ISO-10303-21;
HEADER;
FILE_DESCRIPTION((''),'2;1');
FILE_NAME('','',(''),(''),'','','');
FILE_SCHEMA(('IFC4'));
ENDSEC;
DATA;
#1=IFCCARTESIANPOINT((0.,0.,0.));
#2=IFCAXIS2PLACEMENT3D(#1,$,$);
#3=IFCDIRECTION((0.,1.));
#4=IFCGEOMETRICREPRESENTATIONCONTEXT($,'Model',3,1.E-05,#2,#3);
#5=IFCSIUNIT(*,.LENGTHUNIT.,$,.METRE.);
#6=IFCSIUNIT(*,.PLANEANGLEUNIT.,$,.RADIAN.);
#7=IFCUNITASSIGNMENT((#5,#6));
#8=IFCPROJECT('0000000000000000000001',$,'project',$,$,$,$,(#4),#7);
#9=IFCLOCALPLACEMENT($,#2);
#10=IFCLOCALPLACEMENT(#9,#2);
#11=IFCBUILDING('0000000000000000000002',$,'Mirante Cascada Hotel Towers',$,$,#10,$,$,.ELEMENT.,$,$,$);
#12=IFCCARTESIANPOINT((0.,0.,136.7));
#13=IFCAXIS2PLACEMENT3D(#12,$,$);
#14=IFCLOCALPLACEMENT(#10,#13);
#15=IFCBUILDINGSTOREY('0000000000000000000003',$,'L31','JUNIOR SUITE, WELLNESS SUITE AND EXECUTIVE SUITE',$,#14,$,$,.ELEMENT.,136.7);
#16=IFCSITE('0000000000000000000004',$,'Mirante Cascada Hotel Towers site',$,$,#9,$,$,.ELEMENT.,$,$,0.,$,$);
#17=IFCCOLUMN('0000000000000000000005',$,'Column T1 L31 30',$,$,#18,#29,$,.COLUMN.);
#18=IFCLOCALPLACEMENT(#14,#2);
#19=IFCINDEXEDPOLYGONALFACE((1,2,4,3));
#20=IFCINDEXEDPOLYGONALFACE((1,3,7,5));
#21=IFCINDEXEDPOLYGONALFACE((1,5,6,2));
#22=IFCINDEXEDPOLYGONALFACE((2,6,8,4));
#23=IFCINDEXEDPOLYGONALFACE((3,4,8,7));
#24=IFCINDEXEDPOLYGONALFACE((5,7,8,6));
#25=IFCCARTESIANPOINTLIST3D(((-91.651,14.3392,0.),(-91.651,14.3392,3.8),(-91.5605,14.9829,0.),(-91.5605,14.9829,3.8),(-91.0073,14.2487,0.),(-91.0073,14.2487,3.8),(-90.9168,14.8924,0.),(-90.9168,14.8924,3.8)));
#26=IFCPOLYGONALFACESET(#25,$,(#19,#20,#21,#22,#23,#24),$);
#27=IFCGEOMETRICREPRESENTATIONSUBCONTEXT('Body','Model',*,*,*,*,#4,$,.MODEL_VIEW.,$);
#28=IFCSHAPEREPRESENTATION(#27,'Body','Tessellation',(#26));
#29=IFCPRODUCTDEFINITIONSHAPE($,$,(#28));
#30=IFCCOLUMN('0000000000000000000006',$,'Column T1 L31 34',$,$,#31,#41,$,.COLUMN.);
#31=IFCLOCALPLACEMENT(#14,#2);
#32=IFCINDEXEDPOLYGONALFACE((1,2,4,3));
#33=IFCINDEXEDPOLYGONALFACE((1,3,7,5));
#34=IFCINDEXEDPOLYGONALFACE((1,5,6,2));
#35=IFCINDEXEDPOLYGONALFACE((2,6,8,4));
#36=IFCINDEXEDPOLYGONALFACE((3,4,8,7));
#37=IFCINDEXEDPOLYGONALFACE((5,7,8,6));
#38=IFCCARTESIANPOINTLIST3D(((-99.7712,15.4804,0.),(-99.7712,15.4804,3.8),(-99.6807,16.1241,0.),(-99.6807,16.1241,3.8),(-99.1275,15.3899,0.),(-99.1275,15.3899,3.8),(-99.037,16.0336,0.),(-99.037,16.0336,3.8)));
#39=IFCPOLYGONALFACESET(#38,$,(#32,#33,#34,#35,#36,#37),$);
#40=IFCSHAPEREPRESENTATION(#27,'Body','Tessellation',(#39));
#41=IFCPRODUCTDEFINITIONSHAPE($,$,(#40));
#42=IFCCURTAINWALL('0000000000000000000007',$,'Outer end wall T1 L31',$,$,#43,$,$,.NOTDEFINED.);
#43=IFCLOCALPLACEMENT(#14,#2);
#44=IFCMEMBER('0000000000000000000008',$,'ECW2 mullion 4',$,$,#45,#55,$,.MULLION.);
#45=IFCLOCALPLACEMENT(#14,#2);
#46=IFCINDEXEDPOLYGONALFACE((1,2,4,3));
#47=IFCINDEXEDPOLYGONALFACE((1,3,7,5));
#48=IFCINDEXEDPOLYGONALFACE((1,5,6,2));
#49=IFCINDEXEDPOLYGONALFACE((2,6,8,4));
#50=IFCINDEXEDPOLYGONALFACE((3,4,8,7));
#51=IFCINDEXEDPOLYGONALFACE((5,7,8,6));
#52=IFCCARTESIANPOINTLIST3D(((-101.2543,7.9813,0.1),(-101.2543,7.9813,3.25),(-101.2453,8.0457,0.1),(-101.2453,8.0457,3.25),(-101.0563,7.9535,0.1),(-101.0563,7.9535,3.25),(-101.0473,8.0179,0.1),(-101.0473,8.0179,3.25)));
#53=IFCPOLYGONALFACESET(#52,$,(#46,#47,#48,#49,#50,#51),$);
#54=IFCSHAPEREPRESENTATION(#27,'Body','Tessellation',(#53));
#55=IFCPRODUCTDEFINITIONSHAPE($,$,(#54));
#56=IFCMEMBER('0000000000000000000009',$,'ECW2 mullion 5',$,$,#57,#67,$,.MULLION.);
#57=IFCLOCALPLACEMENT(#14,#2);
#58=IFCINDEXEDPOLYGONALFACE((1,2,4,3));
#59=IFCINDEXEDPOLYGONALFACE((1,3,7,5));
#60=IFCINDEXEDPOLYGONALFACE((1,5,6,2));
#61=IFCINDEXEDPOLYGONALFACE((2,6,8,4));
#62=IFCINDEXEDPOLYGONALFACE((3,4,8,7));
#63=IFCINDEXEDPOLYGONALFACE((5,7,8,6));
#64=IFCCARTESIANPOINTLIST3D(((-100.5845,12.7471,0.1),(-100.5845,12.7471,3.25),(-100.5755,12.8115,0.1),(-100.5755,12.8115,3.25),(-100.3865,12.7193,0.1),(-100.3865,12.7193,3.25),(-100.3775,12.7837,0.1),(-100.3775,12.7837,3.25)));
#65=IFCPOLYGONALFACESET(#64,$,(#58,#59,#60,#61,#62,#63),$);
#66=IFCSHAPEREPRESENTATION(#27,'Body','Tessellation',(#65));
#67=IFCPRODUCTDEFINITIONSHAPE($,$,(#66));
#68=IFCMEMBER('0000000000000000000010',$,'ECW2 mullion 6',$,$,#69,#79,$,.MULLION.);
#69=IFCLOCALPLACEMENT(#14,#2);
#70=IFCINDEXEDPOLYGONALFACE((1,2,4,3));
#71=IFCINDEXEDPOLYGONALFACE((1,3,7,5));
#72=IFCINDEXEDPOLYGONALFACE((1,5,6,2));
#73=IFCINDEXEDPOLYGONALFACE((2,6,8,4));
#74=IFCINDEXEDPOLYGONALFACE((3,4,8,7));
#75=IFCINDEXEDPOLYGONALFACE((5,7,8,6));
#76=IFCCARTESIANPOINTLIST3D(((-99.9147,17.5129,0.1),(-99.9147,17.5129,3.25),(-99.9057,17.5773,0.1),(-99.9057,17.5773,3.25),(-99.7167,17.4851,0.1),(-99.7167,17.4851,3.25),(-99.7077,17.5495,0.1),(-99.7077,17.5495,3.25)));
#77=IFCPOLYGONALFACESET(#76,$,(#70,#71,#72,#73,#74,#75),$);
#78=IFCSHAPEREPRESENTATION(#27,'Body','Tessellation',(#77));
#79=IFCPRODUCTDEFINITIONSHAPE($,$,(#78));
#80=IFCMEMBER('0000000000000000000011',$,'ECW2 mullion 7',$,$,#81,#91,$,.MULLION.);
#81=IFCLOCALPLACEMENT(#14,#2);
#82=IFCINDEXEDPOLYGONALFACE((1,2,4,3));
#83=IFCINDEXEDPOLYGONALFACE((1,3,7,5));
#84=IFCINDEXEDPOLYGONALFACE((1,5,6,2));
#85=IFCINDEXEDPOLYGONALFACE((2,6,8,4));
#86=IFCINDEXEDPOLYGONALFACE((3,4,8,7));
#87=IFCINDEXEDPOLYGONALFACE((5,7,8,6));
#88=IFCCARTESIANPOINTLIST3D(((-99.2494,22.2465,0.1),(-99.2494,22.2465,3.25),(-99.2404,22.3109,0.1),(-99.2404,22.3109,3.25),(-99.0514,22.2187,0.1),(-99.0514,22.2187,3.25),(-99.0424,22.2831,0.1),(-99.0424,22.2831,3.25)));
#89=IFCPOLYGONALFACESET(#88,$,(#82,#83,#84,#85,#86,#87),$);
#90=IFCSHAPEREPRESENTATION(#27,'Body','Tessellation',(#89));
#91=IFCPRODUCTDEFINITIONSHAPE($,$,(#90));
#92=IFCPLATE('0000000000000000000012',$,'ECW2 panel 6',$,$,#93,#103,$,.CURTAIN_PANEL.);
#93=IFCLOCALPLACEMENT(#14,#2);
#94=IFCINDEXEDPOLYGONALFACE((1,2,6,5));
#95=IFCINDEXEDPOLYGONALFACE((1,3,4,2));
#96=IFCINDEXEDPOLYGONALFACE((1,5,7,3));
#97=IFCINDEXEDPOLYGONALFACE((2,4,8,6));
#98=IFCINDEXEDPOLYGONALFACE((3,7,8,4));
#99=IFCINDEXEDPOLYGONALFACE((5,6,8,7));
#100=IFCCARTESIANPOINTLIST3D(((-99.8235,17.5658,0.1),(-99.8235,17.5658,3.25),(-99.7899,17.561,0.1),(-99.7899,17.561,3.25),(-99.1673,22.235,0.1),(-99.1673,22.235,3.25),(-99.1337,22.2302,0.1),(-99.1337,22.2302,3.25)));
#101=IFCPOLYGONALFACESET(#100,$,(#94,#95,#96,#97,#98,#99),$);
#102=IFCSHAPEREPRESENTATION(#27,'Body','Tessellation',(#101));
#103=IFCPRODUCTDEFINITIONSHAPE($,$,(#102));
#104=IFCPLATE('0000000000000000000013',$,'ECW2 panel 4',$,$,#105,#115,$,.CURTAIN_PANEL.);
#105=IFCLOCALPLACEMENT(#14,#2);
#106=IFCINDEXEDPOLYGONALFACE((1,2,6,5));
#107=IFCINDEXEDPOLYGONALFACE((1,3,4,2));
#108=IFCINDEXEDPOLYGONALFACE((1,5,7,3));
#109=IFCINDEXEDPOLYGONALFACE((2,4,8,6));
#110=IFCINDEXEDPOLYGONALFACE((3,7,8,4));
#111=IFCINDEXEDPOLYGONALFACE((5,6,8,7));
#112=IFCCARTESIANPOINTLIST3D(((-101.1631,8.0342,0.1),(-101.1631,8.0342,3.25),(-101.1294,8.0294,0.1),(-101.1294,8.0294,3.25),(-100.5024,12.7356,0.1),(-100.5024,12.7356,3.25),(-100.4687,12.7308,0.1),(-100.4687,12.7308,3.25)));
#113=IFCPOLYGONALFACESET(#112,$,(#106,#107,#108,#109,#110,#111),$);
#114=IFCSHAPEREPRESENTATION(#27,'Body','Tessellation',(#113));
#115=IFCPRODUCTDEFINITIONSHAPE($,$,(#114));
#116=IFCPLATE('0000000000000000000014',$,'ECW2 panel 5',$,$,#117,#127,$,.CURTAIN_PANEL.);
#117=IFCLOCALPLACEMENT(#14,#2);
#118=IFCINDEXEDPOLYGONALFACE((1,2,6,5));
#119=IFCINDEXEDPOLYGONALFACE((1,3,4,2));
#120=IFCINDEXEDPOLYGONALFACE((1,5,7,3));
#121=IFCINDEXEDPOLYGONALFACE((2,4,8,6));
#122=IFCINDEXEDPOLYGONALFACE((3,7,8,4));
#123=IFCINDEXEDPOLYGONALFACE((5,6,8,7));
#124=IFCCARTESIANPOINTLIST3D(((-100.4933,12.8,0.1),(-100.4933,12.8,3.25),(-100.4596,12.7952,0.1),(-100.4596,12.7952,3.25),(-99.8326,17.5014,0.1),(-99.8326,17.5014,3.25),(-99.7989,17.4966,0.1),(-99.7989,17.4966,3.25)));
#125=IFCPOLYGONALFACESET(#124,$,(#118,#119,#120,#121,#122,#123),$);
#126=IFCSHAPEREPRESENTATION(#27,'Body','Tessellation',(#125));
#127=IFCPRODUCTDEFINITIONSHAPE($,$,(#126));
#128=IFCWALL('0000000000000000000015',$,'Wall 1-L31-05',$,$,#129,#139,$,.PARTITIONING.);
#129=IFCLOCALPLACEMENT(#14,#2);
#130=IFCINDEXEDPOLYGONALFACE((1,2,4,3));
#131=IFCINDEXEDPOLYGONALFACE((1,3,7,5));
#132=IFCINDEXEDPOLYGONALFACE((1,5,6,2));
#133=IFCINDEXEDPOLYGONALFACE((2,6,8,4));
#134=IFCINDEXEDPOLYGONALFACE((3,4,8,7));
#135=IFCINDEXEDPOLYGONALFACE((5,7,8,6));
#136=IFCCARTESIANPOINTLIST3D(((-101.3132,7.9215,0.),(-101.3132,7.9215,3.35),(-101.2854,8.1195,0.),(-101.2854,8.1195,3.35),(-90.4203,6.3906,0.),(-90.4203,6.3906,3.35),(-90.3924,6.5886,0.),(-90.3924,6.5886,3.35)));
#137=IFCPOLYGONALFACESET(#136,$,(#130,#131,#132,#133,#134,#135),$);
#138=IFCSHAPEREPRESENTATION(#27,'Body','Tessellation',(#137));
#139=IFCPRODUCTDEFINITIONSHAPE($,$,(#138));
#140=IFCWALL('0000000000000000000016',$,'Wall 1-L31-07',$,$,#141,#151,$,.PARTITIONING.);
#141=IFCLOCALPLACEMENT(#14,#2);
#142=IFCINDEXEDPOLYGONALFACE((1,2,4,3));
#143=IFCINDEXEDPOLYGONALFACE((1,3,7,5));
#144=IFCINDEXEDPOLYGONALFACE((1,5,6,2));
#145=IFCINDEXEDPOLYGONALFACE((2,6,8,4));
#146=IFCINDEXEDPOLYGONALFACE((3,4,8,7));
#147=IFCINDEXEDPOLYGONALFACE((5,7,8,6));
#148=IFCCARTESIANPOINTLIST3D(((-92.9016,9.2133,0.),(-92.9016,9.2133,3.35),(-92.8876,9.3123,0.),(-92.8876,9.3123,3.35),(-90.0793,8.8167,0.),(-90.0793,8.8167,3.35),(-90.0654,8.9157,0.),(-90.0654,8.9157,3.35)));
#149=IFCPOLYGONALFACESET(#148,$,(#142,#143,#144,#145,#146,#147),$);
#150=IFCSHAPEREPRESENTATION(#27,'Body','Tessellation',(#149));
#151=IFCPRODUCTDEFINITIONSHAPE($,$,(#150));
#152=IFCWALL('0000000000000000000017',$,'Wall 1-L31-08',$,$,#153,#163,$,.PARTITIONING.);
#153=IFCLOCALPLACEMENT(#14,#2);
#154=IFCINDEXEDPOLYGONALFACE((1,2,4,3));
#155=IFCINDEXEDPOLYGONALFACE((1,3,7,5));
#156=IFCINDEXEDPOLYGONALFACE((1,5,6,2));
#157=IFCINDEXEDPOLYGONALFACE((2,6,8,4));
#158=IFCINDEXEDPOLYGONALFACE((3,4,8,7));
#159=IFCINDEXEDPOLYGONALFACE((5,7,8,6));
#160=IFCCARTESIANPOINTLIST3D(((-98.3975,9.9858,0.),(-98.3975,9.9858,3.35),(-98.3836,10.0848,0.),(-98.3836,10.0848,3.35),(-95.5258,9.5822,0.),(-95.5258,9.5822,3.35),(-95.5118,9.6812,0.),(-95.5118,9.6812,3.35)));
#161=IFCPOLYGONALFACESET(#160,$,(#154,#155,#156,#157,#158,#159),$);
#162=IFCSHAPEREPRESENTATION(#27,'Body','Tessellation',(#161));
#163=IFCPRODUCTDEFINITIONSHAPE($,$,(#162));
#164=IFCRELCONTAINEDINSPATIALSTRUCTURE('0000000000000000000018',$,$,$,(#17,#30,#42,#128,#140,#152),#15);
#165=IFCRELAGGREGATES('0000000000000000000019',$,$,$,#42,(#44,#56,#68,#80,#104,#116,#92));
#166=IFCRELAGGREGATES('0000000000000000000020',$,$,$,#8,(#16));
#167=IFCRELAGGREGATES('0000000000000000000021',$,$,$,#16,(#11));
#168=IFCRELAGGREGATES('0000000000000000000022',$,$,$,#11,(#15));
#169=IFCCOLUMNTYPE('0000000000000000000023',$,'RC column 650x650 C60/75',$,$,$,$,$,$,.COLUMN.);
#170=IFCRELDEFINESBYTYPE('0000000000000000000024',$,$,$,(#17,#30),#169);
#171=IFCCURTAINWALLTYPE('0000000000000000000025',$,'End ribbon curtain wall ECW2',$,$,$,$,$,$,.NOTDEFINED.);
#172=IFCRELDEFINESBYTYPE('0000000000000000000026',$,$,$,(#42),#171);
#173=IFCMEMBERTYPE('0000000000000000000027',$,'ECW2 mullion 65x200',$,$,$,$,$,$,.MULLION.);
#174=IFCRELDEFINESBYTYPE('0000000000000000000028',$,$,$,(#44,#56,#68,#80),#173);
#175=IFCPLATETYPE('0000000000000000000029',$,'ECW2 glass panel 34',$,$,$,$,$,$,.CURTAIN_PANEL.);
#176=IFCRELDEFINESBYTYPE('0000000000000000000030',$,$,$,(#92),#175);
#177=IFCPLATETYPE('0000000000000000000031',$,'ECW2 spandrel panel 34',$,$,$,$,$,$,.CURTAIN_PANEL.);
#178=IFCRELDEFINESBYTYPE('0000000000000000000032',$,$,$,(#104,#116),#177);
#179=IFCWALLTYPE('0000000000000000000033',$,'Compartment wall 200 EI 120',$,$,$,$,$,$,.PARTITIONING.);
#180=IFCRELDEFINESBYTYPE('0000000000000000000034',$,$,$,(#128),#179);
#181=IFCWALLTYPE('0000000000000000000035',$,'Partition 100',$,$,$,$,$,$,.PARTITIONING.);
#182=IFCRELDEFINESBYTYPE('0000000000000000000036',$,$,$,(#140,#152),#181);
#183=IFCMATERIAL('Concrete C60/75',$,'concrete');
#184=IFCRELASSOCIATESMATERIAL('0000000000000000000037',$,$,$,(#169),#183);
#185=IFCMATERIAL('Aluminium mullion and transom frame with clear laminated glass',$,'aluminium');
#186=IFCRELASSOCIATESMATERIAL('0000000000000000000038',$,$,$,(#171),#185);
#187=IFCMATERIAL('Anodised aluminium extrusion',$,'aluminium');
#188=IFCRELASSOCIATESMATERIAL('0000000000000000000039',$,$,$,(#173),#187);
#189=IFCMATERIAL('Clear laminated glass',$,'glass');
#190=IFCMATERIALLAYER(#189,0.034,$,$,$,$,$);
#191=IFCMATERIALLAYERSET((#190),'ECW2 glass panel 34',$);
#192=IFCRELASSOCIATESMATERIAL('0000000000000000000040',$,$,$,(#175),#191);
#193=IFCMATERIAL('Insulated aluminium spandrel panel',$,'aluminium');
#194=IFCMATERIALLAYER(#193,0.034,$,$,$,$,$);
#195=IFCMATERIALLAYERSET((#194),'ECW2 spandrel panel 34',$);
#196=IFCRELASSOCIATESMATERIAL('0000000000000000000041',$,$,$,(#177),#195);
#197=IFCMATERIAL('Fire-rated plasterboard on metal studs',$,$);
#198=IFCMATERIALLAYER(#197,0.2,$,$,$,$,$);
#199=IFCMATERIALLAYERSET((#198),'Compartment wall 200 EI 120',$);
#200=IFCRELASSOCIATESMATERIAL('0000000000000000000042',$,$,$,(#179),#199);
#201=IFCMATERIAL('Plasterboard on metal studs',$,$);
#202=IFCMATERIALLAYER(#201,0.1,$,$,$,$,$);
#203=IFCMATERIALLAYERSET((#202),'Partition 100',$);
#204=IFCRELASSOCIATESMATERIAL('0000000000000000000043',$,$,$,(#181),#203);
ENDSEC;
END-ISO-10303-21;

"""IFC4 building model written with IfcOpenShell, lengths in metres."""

from ifc_helpers import new_model, si_unit, direction, frame, frame_2d, origin, origin_2d, place, context, subcontext, project, spatial, rectangle, extrude, material, layer, layer_set, material_profile, profile_set, type_object, element, aggregate, save


model = new_model("IFC4")

# Units and contexts
model_context = context("Model", 3, precision=1e-05, world=origin(), true_north=direction((0.0, 1.0)))
body_context = subcontext(model_context, "Body", "Model", "MODEL_VIEW")
ifc_project = project(units=[si_unit("LENGTHUNIT", "METRE"), si_unit("PLANEANGLEUNIT", "RADIAN")], contexts=[model_context])

# Site, building, storey
site_placement = place(None, origin())
site = spatial("IfcSite", under=ifc_project, at=site_placement, Name="Mirante Cascada Hotel Towers site", CompositionType="ELEMENT", RefElevation=0.0)
building_placement = place(site_placement, origin())
building = spatial("IfcBuilding", under=site, at=building_placement, Name="Mirante Cascada Hotel Towers", CompositionType="ELEMENT")
storey_placement = place(building_placement, frame((0.0, 0.0, 136.7)))
storey = spatial("IfcBuildingStorey", under=building, at=storey_placement, Name="L31", Description="JUNIOR SUITE, WELLNESS SUITE AND EXECUTIVE SUITE", CompositionType="ELEMENT", Elevation=136.7)

# Columns
ifc_material_1 = material(Name="Concrete C60/75", Category="concrete")
ifc_material_profile_1 = material_profile(ifc_material_1, rectangle(XDim=0.65, YDim=0.65, at=origin_2d()), Name="RC column 650x650 C60/75")
ifc_profile_set_1 = profile_set([ifc_material_profile_1], Name="Concrete C60/75")
column_type = type_object("IfcColumnType", Name="RC column 650x650 C60/75", PredefinedType="COLUMN", material=ifc_profile_set_1)
for number, where, z_axis, x_axis, name in (
    (1, (-91.2839, 14.6158, 0.0), (0.0, 0.0, 1.0), (-0.990268, 0.139173, 0.0), "Column T1 L31 30"),
    (2, (-99.4041, 15.757, 0.0), (0.0, 0.0, 1.0), (-0.990268, 0.139173, 0.0), "Column T1 L31 34"),
):
    element("IfcColumn", number, at=place(storey_placement, frame(where, z_axis=z_axis, x_axis=x_axis)), inside=storey, type_object=column_type, Name=name, PredefinedType="COLUMN", context=body_context, shape_type="SweptSolid", body=[
        extrude(rectangle(XDim=0.65, YDim=0.65, at=origin_2d()), origin(), (0.0, 0.0, 1.0), 3.8),
    ])

# Curtain wall, members, plates
ifc_material_2 = material(Name="Aluminium mullion and transom frame with clear laminated glass", Category="aluminium")
curtain_wall_type = type_object("IfcCurtainWallType", Name="End ribbon curtain wall ECW2", PredefinedType="NOTDEFINED", material=ifc_material_2)
curtain_wall_placement = place(storey_placement, origin())
curtain_wall = element("IfcCurtainWall", 3, at=curtain_wall_placement, inside=storey, type_object=curtain_wall_type, Name="Outer end wall T1 L31", PredefinedType="NOTDEFINED")
ifc_material_3 = material(Name="Anodised aluminium extrusion", Category="aluminium")
ifc_material_profile_2 = material_profile(ifc_material_3, rectangle(XDim=0.2, YDim=0.065, at=origin_2d()), Name="ECW2 MULLION 65x200")
ifc_profile_set_2 = profile_set([ifc_material_profile_2], Name="Anodised aluminium extrusion")
member_type = type_object("IfcMemberType", Name="ECW2 mullion 65x200", PredefinedType="MULLION", material=ifc_profile_set_2)
member_1_placement = place(storey_placement, frame((-101.1508, 7.9996, 0.1), z_axis=(0.0, 0.0, 1.0), x_axis=(-0.990268, 0.139173, 0.0)))
member_1 = element("IfcMember", 4, at=member_1_placement, type_object=member_type, Name="ECW2 mullion 4", PredefinedType="MULLION", context=body_context, shape_type="SweptSolid", body=[
    extrude(rectangle(XDim=0.2, YDim=0.065, at=origin_2d()), origin(), (0.0, 0.0, 1.0), 3.15),
])
member_2_placement = place(storey_placement, frame((-100.481, 12.7654, 0.1), z_axis=(0.0, 0.0, 1.0), x_axis=(-0.990268, 0.139173, 0.0)))
member_2 = element("IfcMember", 5, at=member_2_placement, type_object=member_type, Name="ECW2 mullion 5", PredefinedType="MULLION", context=body_context, shape_type="SweptSolid", body=[
    extrude(rectangle(XDim=0.2, YDim=0.065, at=origin_2d()), origin(), (0.0, 0.0, 1.0), 3.15),
])
member_3_placement = place(storey_placement, frame((-99.8112, 17.5312, 0.1), z_axis=(0.0, 0.0, 1.0), x_axis=(-0.990268, 0.139173, 0.0)))
member_3 = element("IfcMember", 6, at=member_3_placement, type_object=member_type, Name="ECW2 mullion 6", PredefinedType="MULLION", context=body_context, shape_type="SweptSolid", body=[
    extrude(rectangle(XDim=0.2, YDim=0.065, at=origin_2d()), origin(), (0.0, 0.0, 1.0), 3.15),
])
member_4_placement = place(storey_placement, frame((-99.1459, 22.2648, 0.1), z_axis=(0.0, 0.0, 1.0), x_axis=(-0.990268, 0.139173, 0.0)))
member_4 = element("IfcMember", 7, at=member_4_placement, type_object=member_type, Name="ECW2 mullion 7", PredefinedType="MULLION", context=body_context, shape_type="SweptSolid", body=[
    extrude(rectangle(XDim=0.2, YDim=0.065, at=origin_2d()), origin(), (0.0, 0.0, 1.0), 3.15),
])
ifc_material_4 = material(Name="Clear laminated glass", Category="glass")
ifc_layer_1 = layer(ifc_material_4, 0.034)
ifc_layer_set_1 = layer_set([ifc_layer_1], Name="ECW2 glass panel 34")
plate_type_1 = type_object("IfcPlateType", Name="ECW2 glass panel 34", PredefinedType="CURTAIN_PANEL", material=ifc_layer_set_1)
plate_1_placement = place(storey_placement, frame((-99.4786, 19.898, 0.1), z_axis=(0.0, 0.0, 1.0), x_axis=(0.139173, 0.990268, 0.0)))
plate_1 = element("IfcPlate", 8, at=plate_1_placement, type_object=plate_type_1, Name="ECW2 panel 6", PredefinedType="CURTAIN_PANEL", context=body_context, shape_type="SweptSolid", body=[
    extrude(rectangle(XDim=4.7151, YDim=0.034, at=origin_2d()), origin(), (0.0, 0.0, 1.0), 3.15),
])
ifc_material_5 = material(Name="Insulated aluminium spandrel panel", Category="aluminium")
ifc_layer_2 = layer(ifc_material_5, 0.034)
ifc_layer_set_2 = layer_set([ifc_layer_2], Name="ECW2 spandrel panel 34")
plate_type_2 = type_object("IfcPlateType", Name="ECW2 spandrel panel 34", PredefinedType="CURTAIN_PANEL", material=ifc_layer_set_2)
plate_2_placement = place(storey_placement, frame((-100.8159, 10.3825, 0.1), z_axis=(0.0, 0.0, 1.0), x_axis=(0.139173, 0.990268, 0.0)))
plate_2 = element("IfcPlate", 9, at=plate_2_placement, type_object=plate_type_2, Name="ECW2 panel 4", PredefinedType="CURTAIN_PANEL", context=body_context, shape_type="SweptSolid", body=[
    extrude(rectangle(XDim=4.7476, YDim=0.034, at=origin_2d()), origin(), (0.0, 0.0, 1.0), 3.15),
])
plate_3_placement = place(storey_placement, frame((-100.1461, 15.1483, 0.1), z_axis=(0.0, 0.0, 1.0), x_axis=(0.139173, 0.990268, 0.0)))
plate_3 = element("IfcPlate", 10, at=plate_3_placement, type_object=plate_type_2, Name="ECW2 panel 5", PredefinedType="CURTAIN_PANEL", context=body_context, shape_type="SweptSolid", body=[
    extrude(rectangle(XDim=4.7476, YDim=0.034, at=origin_2d()), origin(), (0.0, 0.0, 1.0), 3.15),
])
aggregate(curtain_wall, [member_1, member_2, member_3, member_4, plate_2, plate_3, plate_1])

# Walls
ifc_material_6 = material(Name="Fire-rated plasterboard on metal studs")
ifc_layer_3 = layer(ifc_material_6, 0.2)
ifc_layer_set_3 = layer_set([ifc_layer_3], Name="Compartment wall 200 EI 120")
wall_type_1 = type_object("IfcWallType", Name="Compartment wall 200 EI 120", PredefinedType="PARTITIONING", material=ifc_layer_set_3)
wall_1_placement = place(storey_placement, frame((-101.2993, 8.0205, 0.0), z_axis=(0.0, 0.0, 1.0), x_axis=(0.990268, -0.139173, 0.0)))
element("IfcWall", 11, at=wall_1_placement, inside=storey, type_object=wall_type_1, Name="Wall 1-L31-05", PredefinedType="PARTITIONING", context=body_context, shape_type="SweptSolid", body=[
    extrude(rectangle(XDim=11.0, YDim=0.2, at=frame_2d((5.5, 0.0))), origin(), (0.0, 0.0, 1.0), 3.35),
])
ifc_material_7 = material(Name="Plasterboard on metal studs")
ifc_layer_4 = layer(ifc_material_7, 0.1)
ifc_layer_set_4 = layer_set([ifc_layer_4], Name="Partition 100")
wall_type_2 = type_object("IfcWallType", Name="Partition 100", PredefinedType="PARTITIONING", material=ifc_layer_set_4)
wall_2_placement = place(storey_placement, frame((-92.8946, 9.2628, 0.0), z_axis=(0.0, 0.0, 1.0), x_axis=(0.99027, -0.139156, 0.0)))
element("IfcWall", 12, at=wall_2_placement, inside=storey, type_object=wall_type_2, Name="Wall 1-L31-07", PredefinedType="PARTITIONING", context=body_context, shape_type="SweptSolid", body=[
    extrude(rectangle(XDim=2.85, YDim=0.1, at=frame_2d((1.425, 0.0))), origin(), (0.0, 0.0, 1.0), 3.35),
])
wall_3_placement = place(storey_placement, frame((-95.5188, 9.6317, 0.0), z_axis=(0.0, 0.0, 1.0), x_axis=(-0.990268, 0.139171, 0.0)))
element("IfcWall", 13, at=wall_3_placement, inside=storey, type_object=wall_type_2, Name="Wall 1-L31-08", PredefinedType="PARTITIONING", context=body_context, shape_type="SweptSolid", body=[
    extrude(rectangle(XDim=2.9, YDim=0.1, at=frame_2d((1.45, 0.0))), origin(), (0.0, 0.0, 1.0), 3.35),
])

save(model, "model.ifc")
